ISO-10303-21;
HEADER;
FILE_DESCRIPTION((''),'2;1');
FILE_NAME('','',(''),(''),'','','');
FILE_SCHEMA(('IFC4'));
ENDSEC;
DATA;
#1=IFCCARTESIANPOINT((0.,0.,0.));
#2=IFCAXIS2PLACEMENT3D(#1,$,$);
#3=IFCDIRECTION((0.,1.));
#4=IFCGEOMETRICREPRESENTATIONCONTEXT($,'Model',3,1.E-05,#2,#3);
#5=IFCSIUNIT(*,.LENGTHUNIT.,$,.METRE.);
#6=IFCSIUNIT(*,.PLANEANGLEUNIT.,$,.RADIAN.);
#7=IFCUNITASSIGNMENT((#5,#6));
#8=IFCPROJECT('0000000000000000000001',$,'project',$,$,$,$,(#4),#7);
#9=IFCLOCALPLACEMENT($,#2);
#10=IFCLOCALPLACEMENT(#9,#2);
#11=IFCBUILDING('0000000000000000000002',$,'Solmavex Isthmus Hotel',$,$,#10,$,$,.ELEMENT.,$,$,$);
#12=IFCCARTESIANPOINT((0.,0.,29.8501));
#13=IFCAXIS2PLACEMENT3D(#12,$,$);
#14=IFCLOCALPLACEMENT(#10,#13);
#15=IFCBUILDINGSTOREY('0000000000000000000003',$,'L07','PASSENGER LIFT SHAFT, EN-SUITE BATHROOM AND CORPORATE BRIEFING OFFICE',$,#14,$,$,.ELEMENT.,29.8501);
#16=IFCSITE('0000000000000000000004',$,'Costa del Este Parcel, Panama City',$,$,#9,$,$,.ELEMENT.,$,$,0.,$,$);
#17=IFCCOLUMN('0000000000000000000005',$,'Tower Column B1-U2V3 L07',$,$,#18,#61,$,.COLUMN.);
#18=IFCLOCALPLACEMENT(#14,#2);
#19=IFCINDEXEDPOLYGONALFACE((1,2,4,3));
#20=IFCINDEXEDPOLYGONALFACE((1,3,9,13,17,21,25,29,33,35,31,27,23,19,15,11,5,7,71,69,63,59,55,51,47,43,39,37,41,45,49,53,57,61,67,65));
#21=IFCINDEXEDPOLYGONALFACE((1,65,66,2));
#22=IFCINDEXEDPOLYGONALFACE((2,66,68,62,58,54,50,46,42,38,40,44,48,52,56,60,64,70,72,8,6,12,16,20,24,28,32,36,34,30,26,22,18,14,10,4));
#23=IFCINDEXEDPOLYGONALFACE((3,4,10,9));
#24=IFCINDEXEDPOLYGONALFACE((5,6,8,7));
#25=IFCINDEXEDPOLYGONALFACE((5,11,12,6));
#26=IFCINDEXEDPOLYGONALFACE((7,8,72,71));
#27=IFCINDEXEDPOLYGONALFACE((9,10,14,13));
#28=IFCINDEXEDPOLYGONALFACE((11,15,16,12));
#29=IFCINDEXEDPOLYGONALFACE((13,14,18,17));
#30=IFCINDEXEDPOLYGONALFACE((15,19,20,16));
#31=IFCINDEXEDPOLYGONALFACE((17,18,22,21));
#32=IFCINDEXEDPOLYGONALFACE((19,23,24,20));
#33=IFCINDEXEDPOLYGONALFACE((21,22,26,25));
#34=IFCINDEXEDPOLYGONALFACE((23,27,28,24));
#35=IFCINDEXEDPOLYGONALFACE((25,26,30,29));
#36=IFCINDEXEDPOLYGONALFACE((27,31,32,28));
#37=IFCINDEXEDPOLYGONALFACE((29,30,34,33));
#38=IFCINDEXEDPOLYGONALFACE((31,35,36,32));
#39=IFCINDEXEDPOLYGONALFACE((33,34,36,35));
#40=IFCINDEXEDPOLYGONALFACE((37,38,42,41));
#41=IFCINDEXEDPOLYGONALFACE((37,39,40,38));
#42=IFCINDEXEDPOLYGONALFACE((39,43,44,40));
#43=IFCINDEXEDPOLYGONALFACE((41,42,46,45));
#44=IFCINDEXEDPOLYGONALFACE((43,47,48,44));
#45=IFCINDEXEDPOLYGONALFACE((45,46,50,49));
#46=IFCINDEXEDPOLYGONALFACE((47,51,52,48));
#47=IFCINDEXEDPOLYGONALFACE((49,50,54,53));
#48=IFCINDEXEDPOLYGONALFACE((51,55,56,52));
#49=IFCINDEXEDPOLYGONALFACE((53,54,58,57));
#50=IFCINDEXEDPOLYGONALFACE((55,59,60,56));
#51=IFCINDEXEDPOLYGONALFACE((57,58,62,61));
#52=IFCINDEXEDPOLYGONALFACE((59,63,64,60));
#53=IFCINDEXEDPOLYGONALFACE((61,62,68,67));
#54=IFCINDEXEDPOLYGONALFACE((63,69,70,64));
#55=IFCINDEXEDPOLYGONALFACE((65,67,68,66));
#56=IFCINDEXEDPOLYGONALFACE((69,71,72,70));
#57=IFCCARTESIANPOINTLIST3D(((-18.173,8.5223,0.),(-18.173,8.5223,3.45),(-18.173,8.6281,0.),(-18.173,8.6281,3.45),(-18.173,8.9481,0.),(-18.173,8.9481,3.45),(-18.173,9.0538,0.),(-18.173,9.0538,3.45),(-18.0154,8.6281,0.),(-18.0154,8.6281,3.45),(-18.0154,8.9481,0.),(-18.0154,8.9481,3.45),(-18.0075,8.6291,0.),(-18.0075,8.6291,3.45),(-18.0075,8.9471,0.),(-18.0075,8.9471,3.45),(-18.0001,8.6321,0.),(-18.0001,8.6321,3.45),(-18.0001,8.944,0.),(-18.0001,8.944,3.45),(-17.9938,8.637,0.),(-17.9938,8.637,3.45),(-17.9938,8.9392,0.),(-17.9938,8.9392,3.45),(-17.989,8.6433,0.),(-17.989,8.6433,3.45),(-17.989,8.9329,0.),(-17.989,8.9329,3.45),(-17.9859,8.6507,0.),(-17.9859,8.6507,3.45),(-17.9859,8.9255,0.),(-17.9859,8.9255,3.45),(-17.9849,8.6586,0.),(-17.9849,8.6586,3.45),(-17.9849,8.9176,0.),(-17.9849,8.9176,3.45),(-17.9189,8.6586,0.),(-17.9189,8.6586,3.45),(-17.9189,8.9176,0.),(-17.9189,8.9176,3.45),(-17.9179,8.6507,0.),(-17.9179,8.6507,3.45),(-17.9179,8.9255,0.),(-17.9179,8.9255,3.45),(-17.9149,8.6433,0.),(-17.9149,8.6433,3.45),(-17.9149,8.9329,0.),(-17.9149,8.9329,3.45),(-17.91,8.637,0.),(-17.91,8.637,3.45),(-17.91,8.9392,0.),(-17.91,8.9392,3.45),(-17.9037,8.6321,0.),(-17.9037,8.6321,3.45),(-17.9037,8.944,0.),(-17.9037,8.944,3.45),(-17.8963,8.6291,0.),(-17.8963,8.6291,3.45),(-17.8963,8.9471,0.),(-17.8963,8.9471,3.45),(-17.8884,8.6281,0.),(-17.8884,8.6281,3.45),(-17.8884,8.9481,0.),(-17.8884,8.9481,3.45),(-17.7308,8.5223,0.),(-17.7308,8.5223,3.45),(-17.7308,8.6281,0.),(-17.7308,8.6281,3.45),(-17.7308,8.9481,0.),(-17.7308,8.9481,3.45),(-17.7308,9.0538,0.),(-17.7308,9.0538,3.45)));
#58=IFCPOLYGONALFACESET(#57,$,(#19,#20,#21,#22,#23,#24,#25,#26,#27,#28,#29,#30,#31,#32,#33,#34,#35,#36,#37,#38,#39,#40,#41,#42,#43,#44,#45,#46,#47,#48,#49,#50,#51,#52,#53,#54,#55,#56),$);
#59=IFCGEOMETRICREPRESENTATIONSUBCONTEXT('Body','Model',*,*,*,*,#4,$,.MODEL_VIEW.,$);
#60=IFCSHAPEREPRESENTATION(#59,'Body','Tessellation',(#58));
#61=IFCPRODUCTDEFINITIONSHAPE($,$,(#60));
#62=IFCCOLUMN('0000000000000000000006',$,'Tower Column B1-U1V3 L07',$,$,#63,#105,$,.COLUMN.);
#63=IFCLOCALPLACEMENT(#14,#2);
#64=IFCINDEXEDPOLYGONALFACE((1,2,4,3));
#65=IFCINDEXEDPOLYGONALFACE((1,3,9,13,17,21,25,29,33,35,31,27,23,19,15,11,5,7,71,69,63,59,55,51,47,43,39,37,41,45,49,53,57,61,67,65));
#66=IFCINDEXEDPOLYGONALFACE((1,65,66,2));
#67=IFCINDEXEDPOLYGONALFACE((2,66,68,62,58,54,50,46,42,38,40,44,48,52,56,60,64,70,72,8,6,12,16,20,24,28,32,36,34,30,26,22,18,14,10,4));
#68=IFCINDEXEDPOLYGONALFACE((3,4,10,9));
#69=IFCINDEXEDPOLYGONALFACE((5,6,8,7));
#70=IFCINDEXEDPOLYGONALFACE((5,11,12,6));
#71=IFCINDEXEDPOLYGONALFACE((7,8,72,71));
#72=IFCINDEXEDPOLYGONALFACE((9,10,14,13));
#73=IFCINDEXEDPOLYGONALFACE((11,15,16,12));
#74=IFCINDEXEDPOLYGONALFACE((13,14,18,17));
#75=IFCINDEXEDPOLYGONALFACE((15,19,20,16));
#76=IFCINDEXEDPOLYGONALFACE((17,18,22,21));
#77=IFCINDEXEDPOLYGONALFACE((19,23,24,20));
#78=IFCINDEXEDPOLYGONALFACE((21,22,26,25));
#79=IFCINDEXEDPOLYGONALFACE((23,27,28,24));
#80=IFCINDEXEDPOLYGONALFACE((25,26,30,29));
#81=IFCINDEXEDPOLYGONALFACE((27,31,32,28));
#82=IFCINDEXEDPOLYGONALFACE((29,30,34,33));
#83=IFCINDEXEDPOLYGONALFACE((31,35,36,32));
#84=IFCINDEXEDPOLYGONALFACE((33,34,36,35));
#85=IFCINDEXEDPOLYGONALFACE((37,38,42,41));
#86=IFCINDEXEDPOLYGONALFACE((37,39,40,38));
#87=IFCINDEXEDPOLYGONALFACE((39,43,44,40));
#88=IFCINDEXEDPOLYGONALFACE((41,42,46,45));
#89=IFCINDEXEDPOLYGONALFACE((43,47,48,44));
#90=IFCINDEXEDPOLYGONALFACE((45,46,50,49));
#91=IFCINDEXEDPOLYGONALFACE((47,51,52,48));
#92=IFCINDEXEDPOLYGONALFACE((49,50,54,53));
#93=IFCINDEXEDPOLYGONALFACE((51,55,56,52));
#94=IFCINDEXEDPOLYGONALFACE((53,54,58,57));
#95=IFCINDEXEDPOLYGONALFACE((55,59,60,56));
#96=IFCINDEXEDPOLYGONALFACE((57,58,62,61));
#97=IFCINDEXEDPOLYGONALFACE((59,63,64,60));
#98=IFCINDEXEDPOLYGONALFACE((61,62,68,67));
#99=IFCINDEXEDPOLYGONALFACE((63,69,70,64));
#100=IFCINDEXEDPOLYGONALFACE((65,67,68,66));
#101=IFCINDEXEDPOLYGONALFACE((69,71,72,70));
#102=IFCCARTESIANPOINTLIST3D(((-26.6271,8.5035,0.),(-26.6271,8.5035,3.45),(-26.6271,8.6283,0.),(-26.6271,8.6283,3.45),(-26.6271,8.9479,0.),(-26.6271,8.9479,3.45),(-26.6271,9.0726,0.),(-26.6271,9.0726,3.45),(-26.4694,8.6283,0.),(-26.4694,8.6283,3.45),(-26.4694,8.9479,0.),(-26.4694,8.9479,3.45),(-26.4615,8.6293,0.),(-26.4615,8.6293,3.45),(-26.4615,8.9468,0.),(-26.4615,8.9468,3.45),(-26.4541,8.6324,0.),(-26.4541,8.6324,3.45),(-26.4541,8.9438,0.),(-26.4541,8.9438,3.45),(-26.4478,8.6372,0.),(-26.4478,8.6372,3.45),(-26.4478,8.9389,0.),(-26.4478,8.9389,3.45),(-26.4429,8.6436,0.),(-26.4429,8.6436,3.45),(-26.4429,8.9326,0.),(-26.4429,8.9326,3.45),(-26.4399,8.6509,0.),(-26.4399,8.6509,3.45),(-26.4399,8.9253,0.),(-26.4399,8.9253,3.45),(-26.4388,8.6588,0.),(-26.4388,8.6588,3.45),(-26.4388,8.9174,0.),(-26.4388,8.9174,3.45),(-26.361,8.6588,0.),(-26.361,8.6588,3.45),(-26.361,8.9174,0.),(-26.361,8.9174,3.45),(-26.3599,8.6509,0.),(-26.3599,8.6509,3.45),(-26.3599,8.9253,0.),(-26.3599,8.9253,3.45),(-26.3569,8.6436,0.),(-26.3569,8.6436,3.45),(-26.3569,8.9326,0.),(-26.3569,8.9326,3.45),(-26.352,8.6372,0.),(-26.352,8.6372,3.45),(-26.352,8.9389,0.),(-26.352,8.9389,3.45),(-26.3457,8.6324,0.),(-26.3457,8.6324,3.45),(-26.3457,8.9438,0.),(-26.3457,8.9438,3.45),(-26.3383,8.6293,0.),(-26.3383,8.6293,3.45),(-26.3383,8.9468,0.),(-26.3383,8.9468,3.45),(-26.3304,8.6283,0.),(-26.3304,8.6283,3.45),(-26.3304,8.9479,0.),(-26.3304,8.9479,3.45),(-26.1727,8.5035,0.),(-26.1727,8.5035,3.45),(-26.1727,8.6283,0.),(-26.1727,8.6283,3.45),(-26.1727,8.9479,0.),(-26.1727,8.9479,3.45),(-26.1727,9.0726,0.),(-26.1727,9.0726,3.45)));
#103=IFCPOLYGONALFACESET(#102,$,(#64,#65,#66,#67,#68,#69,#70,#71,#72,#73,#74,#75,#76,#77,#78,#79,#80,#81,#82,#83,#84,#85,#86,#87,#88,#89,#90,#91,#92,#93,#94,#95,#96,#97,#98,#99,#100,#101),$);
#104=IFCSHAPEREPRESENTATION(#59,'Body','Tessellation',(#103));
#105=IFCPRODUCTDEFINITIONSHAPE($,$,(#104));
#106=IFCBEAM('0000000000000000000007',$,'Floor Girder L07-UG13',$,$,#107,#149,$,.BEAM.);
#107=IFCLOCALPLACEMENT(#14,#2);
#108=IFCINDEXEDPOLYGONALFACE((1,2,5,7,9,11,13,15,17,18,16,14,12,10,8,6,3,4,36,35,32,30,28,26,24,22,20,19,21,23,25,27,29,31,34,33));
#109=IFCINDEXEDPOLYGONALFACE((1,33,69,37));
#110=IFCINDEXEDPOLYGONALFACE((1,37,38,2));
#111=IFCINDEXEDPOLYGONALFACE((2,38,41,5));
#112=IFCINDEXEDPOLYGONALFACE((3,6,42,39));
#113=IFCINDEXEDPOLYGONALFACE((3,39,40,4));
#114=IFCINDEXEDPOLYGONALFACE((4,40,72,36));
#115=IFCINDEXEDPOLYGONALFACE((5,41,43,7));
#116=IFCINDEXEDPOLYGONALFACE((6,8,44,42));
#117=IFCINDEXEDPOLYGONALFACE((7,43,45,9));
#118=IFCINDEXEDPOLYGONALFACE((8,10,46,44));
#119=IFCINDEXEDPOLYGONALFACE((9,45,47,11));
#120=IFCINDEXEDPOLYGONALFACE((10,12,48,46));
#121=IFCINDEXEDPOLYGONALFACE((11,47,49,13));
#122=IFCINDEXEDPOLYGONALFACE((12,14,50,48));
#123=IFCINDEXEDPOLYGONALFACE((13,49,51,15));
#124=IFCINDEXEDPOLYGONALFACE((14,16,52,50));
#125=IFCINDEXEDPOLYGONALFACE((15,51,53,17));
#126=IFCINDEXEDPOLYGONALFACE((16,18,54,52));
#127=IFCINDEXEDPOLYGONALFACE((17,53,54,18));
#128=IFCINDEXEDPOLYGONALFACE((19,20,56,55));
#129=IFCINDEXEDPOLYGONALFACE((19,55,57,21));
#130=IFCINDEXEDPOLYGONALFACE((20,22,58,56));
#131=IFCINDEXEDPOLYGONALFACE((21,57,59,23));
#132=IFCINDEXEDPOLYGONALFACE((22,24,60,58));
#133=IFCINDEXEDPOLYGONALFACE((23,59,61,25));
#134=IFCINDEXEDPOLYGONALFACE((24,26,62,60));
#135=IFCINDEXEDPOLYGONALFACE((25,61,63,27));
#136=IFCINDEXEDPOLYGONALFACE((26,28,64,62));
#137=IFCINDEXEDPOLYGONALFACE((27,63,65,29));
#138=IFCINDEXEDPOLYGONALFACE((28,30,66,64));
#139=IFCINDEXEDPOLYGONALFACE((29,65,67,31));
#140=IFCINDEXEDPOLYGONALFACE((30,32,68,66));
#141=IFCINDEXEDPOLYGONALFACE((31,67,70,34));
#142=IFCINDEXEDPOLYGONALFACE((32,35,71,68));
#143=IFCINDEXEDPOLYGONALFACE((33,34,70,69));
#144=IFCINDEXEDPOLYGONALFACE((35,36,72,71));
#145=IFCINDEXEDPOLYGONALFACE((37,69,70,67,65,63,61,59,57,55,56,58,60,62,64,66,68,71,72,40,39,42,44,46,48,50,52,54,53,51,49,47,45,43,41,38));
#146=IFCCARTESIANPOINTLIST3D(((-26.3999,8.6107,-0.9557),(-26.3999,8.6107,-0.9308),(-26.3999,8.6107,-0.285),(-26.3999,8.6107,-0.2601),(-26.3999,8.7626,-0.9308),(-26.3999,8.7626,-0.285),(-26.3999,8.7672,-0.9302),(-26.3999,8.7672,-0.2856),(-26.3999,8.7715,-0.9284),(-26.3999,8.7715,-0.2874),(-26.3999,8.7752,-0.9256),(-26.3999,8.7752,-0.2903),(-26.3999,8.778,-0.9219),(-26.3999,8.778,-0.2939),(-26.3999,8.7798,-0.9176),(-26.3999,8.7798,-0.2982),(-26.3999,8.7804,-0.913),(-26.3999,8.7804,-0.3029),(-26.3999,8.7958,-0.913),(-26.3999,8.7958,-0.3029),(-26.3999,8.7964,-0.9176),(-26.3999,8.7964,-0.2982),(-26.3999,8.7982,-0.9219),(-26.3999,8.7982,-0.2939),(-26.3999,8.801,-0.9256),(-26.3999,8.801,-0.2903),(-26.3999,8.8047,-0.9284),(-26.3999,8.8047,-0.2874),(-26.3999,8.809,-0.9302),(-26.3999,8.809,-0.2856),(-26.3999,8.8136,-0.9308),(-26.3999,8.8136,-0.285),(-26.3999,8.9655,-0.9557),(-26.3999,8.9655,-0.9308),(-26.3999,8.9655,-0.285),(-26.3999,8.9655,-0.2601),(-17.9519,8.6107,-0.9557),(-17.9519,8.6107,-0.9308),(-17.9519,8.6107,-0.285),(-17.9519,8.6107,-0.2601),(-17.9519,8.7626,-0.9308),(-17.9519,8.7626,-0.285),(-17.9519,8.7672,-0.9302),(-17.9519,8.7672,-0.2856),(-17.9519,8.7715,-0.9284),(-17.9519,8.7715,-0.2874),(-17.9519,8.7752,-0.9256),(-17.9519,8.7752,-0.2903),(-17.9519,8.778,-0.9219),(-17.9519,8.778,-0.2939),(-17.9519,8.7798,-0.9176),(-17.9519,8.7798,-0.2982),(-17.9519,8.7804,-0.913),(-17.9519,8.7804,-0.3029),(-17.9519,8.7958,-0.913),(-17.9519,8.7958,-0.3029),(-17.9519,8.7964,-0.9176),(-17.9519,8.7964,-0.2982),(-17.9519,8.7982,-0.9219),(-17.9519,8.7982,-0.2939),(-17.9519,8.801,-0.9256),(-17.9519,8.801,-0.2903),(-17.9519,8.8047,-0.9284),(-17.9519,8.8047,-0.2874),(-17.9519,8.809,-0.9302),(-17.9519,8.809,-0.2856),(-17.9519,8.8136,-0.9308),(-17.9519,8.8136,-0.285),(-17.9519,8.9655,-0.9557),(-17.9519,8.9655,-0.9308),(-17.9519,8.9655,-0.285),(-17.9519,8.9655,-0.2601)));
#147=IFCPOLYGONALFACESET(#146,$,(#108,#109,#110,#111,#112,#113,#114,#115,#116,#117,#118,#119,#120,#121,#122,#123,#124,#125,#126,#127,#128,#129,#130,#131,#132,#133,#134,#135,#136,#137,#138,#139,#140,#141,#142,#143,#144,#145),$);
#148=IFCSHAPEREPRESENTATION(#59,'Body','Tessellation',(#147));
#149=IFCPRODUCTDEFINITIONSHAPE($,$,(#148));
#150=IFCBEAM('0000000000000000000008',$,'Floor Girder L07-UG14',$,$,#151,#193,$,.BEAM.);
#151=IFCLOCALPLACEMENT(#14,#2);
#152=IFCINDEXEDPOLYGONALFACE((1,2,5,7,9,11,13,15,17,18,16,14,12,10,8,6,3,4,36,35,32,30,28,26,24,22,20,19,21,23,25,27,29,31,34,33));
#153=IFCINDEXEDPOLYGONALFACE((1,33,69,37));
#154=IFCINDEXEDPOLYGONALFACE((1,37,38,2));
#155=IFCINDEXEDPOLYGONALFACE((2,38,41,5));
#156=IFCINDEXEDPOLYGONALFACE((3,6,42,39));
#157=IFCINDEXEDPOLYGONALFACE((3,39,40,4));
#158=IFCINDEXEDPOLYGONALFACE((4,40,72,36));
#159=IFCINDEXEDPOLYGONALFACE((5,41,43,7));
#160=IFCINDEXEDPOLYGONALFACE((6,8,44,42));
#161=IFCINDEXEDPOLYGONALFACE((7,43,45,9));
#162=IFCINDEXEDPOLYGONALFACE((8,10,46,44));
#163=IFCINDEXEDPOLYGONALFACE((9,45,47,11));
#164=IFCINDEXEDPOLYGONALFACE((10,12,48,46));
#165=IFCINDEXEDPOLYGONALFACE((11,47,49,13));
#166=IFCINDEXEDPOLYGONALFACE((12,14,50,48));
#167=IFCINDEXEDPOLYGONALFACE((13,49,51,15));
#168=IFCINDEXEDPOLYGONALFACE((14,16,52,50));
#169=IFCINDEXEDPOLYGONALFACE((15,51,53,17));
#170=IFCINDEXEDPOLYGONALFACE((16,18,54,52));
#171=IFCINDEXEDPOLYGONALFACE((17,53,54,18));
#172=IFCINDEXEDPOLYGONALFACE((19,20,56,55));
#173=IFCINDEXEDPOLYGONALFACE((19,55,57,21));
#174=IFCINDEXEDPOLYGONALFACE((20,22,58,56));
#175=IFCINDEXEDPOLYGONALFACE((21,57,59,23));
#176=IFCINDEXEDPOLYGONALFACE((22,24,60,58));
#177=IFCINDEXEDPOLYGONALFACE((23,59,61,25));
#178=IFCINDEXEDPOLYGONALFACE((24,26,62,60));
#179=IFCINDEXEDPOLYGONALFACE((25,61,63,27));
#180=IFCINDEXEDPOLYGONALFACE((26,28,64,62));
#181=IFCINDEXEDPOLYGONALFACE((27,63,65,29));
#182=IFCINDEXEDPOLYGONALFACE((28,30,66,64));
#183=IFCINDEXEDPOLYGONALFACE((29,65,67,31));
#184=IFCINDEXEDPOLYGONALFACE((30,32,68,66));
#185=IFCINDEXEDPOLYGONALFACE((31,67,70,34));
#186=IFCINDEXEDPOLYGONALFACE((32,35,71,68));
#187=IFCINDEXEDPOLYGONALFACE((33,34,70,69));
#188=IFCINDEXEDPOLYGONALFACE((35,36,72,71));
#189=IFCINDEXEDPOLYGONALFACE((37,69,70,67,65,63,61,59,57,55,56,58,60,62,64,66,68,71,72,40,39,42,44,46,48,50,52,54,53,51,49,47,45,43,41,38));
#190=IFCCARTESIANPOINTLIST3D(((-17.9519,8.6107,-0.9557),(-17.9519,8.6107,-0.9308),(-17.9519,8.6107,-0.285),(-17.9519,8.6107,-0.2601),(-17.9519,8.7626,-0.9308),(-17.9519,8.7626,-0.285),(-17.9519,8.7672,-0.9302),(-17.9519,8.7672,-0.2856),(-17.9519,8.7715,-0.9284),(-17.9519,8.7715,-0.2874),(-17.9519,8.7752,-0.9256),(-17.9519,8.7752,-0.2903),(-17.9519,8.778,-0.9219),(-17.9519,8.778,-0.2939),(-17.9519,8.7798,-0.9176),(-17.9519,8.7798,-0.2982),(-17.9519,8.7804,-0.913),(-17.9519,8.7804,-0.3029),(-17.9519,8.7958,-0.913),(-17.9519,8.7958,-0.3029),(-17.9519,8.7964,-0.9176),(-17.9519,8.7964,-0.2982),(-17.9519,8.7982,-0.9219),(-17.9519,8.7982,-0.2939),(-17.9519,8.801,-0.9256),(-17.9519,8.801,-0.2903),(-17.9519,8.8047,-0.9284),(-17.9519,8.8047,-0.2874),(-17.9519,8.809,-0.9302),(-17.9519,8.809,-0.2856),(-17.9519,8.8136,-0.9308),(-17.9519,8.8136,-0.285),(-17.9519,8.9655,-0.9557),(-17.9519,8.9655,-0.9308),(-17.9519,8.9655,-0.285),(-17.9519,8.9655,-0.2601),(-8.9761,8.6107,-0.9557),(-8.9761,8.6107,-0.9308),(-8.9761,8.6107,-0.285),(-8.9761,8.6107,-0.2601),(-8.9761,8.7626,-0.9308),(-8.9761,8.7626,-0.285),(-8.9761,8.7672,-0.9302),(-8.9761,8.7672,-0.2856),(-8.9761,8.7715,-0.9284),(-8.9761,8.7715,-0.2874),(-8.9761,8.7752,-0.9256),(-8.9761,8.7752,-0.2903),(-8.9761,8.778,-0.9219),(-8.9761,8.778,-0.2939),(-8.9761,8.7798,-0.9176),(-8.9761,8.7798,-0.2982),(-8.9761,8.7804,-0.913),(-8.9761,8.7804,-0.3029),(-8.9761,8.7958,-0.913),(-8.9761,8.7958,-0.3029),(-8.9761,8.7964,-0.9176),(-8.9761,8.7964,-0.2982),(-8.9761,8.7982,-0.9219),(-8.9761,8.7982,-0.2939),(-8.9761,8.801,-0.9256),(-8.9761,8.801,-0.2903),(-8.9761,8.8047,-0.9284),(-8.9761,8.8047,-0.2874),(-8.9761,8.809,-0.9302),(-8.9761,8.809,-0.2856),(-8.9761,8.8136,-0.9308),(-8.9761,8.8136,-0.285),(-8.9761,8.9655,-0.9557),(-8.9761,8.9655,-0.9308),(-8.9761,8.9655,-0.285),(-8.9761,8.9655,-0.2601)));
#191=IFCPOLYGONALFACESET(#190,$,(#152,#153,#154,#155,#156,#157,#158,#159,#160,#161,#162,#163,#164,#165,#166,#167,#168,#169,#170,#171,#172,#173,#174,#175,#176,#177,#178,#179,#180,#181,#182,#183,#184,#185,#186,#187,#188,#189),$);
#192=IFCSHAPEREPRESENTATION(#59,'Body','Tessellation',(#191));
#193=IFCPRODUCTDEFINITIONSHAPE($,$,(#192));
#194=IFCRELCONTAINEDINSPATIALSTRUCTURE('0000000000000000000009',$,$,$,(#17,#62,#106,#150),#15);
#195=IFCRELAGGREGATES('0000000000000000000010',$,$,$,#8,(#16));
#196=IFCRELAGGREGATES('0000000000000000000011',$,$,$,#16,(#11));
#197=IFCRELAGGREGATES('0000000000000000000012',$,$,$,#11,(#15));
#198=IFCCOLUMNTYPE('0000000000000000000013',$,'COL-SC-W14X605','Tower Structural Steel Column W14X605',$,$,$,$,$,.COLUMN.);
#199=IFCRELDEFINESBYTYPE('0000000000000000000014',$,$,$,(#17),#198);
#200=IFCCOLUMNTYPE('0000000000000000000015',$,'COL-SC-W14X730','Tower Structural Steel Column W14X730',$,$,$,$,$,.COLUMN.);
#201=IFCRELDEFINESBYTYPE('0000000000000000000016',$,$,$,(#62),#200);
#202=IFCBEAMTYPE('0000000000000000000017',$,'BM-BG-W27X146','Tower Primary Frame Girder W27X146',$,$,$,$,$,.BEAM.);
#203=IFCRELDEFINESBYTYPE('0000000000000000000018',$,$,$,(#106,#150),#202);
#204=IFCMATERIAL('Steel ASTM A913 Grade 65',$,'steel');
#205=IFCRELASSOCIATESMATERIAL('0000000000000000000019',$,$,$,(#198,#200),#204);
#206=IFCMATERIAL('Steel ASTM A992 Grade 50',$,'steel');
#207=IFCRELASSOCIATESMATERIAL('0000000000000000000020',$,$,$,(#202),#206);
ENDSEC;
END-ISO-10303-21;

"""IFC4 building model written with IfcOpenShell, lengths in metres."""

from ifc_helpers import new_model, si_unit, direction, frame, origin, origin_2d, place, context, subcontext, project, spatial, i_section, extrude, material, material_profile, profile_set, type_object, element, save


model = new_model("IFC4")

# Units and contexts
model_context = context("Model", 3, precision=1e-05, world=origin(), true_north=direction((0.0, 1.0)))
body_context = subcontext(model_context, "Body", "Model", "MODEL_VIEW")
ifc_project = project(units=[si_unit("LENGTHUNIT", "METRE"), si_unit("PLANEANGLEUNIT", "RADIAN")], contexts=[model_context])

# Site, building, storey
site_placement = place(None, origin())
site = spatial("IfcSite", under=ifc_project, at=site_placement, Name="Costa del Este Parcel, Panama City", CompositionType="ELEMENT", RefElevation=0.0)
building_placement = place(site_placement, origin())
building = spatial("IfcBuilding", under=site, at=building_placement, Name="Solmavex Isthmus Hotel", CompositionType="ELEMENT")
storey_placement = place(building_placement, frame((0.0, 0.0, 29.8501)))
storey = spatial("IfcBuildingStorey", under=building, at=storey_placement, Name="L07", Description="PASSENGER LIFT SHAFT, EN-SUITE BATHROOM AND CORPORATE BRIEFING OFFICE", CompositionType="ELEMENT", Elevation=29.8501)

# Columns
ifc_material_1 = material(Name="Steel ASTM A913 Grade 65", Category="steel")
ifc_material_profile_1 = material_profile(ifc_material_1, i_section(OverallWidth=0.4421, OverallDepth=0.5315, WebThickness=0.0659, FlangeThickness=0.1057, FilletRadius=0.0305, at=origin_2d()), Name="W14X605")
ifc_profile_set_1 = profile_set([ifc_material_profile_1], Name="Steel ASTM A913 Grade 65")
column_type_1 = type_object("IfcColumnType", Name="COL-SC-W14X605", Description="Tower Structural Steel Column W14X605", PredefinedType="COLUMN", material=ifc_profile_set_1)
column_1_placement = place(storey_placement, frame((-17.9519, 8.7881, 0.0), z_axis=(0.0, 0.0, 1.0), x_axis=(1.0, 0.0, 0.0)))
element("IfcColumn", 1, at=column_1_placement, inside=storey, type_object=column_type_1, Name="Tower Column B1-U2V3 L07", PredefinedType="COLUMN", context=body_context, shape_type="SweptSolid", body=[
    extrude(i_section(OverallWidth=0.4421, OverallDepth=0.5315, WebThickness=0.0659, FlangeThickness=0.1057, FilletRadius=0.0305, at=origin_2d()), origin(), (0.0, 0.0, 1.0), 3.45),
])
ifc_material_profile_2 = material_profile(ifc_material_1, i_section(OverallWidth=0.4543, OverallDepth=0.5691, WebThickness=0.0779, FlangeThickness=0.1248, FilletRadius=0.0305, at=origin_2d()), Name="W14X730")
ifc_profile_set_2 = profile_set([ifc_material_profile_2], Name="Steel ASTM A913 Grade 65")
column_type_2 = type_object("IfcColumnType", Name="COL-SC-W14X730", Description="Tower Structural Steel Column W14X730", PredefinedType="COLUMN", material=ifc_profile_set_2)
column_2_placement = place(storey_placement, frame((-26.3999, 8.7881, 0.0), z_axis=(0.0, 0.0, 1.0), x_axis=(1.0, 0.0, 0.0)))
element("IfcColumn", 2, at=column_2_placement, inside=storey, type_object=column_type_2, Name="Tower Column B1-U1V3 L07", PredefinedType="COLUMN", context=body_context, shape_type="SweptSolid", body=[
    extrude(i_section(OverallWidth=0.4543, OverallDepth=0.5691, WebThickness=0.0779, FlangeThickness=0.1248, FilletRadius=0.0305, at=origin_2d()), origin(), (0.0, 0.0, 1.0), 3.45),
])

# Beams
ifc_material_2 = material(Name="Steel ASTM A992 Grade 50", Category="steel")
ifc_material_profile_3 = material_profile(ifc_material_2, i_section(OverallWidth=0.3547, OverallDepth=0.6956, WebThickness=0.0154, FlangeThickness=0.0249, FilletRadius=0.0178, at=origin_2d()), Name="W27X146")
ifc_profile_set_3 = profile_set([ifc_material_profile_3], Name="Steel ASTM A992 Grade 50")
beam_type_1 = type_object("IfcBeamType", Name="BM-BG-W27X146", Description="Tower Primary Frame Girder W27X146", PredefinedType="BEAM", material=ifc_profile_set_3)
beam_1_placement = place(storey_placement, frame((-26.3999, 8.7881, -0.6079), z_axis=(1.0, 0.0, 0.0), x_axis=(0.0, 1.0, 0.0)))
element("IfcBeam", 3, at=beam_1_placement, inside=storey, type_object=beam_type_1, Name="Floor Girder L07-UG13", PredefinedType="BEAM", context=body_context, shape_type="SweptSolid", body=[
    extrude(i_section(OverallWidth=0.3547, OverallDepth=0.6956, WebThickness=0.0154, FlangeThickness=0.0249, FilletRadius=0.0178, at=origin_2d()), origin(), (0.0, 0.0, 1.0), 8.448),
])
beam_2_placement = place(storey_placement, frame((-17.9519, 8.7881, -0.6079), z_axis=(1.0, 0.0, 0.0), x_axis=(0.0, 1.0, 0.0)))
element("IfcBeam", 4, at=beam_2_placement, inside=storey, type_object=beam_type_1, Name="Floor Girder L07-UG14", PredefinedType="BEAM", context=body_context, shape_type="SweptSolid", body=[
    extrude(i_section(OverallWidth=0.3547, OverallDepth=0.6956, WebThickness=0.0154, FlangeThickness=0.0249, FilletRadius=0.0178, at=origin_2d()), origin(), (0.0, 0.0, 1.0), 8.9758),
])

save(model, "model.ifc")
